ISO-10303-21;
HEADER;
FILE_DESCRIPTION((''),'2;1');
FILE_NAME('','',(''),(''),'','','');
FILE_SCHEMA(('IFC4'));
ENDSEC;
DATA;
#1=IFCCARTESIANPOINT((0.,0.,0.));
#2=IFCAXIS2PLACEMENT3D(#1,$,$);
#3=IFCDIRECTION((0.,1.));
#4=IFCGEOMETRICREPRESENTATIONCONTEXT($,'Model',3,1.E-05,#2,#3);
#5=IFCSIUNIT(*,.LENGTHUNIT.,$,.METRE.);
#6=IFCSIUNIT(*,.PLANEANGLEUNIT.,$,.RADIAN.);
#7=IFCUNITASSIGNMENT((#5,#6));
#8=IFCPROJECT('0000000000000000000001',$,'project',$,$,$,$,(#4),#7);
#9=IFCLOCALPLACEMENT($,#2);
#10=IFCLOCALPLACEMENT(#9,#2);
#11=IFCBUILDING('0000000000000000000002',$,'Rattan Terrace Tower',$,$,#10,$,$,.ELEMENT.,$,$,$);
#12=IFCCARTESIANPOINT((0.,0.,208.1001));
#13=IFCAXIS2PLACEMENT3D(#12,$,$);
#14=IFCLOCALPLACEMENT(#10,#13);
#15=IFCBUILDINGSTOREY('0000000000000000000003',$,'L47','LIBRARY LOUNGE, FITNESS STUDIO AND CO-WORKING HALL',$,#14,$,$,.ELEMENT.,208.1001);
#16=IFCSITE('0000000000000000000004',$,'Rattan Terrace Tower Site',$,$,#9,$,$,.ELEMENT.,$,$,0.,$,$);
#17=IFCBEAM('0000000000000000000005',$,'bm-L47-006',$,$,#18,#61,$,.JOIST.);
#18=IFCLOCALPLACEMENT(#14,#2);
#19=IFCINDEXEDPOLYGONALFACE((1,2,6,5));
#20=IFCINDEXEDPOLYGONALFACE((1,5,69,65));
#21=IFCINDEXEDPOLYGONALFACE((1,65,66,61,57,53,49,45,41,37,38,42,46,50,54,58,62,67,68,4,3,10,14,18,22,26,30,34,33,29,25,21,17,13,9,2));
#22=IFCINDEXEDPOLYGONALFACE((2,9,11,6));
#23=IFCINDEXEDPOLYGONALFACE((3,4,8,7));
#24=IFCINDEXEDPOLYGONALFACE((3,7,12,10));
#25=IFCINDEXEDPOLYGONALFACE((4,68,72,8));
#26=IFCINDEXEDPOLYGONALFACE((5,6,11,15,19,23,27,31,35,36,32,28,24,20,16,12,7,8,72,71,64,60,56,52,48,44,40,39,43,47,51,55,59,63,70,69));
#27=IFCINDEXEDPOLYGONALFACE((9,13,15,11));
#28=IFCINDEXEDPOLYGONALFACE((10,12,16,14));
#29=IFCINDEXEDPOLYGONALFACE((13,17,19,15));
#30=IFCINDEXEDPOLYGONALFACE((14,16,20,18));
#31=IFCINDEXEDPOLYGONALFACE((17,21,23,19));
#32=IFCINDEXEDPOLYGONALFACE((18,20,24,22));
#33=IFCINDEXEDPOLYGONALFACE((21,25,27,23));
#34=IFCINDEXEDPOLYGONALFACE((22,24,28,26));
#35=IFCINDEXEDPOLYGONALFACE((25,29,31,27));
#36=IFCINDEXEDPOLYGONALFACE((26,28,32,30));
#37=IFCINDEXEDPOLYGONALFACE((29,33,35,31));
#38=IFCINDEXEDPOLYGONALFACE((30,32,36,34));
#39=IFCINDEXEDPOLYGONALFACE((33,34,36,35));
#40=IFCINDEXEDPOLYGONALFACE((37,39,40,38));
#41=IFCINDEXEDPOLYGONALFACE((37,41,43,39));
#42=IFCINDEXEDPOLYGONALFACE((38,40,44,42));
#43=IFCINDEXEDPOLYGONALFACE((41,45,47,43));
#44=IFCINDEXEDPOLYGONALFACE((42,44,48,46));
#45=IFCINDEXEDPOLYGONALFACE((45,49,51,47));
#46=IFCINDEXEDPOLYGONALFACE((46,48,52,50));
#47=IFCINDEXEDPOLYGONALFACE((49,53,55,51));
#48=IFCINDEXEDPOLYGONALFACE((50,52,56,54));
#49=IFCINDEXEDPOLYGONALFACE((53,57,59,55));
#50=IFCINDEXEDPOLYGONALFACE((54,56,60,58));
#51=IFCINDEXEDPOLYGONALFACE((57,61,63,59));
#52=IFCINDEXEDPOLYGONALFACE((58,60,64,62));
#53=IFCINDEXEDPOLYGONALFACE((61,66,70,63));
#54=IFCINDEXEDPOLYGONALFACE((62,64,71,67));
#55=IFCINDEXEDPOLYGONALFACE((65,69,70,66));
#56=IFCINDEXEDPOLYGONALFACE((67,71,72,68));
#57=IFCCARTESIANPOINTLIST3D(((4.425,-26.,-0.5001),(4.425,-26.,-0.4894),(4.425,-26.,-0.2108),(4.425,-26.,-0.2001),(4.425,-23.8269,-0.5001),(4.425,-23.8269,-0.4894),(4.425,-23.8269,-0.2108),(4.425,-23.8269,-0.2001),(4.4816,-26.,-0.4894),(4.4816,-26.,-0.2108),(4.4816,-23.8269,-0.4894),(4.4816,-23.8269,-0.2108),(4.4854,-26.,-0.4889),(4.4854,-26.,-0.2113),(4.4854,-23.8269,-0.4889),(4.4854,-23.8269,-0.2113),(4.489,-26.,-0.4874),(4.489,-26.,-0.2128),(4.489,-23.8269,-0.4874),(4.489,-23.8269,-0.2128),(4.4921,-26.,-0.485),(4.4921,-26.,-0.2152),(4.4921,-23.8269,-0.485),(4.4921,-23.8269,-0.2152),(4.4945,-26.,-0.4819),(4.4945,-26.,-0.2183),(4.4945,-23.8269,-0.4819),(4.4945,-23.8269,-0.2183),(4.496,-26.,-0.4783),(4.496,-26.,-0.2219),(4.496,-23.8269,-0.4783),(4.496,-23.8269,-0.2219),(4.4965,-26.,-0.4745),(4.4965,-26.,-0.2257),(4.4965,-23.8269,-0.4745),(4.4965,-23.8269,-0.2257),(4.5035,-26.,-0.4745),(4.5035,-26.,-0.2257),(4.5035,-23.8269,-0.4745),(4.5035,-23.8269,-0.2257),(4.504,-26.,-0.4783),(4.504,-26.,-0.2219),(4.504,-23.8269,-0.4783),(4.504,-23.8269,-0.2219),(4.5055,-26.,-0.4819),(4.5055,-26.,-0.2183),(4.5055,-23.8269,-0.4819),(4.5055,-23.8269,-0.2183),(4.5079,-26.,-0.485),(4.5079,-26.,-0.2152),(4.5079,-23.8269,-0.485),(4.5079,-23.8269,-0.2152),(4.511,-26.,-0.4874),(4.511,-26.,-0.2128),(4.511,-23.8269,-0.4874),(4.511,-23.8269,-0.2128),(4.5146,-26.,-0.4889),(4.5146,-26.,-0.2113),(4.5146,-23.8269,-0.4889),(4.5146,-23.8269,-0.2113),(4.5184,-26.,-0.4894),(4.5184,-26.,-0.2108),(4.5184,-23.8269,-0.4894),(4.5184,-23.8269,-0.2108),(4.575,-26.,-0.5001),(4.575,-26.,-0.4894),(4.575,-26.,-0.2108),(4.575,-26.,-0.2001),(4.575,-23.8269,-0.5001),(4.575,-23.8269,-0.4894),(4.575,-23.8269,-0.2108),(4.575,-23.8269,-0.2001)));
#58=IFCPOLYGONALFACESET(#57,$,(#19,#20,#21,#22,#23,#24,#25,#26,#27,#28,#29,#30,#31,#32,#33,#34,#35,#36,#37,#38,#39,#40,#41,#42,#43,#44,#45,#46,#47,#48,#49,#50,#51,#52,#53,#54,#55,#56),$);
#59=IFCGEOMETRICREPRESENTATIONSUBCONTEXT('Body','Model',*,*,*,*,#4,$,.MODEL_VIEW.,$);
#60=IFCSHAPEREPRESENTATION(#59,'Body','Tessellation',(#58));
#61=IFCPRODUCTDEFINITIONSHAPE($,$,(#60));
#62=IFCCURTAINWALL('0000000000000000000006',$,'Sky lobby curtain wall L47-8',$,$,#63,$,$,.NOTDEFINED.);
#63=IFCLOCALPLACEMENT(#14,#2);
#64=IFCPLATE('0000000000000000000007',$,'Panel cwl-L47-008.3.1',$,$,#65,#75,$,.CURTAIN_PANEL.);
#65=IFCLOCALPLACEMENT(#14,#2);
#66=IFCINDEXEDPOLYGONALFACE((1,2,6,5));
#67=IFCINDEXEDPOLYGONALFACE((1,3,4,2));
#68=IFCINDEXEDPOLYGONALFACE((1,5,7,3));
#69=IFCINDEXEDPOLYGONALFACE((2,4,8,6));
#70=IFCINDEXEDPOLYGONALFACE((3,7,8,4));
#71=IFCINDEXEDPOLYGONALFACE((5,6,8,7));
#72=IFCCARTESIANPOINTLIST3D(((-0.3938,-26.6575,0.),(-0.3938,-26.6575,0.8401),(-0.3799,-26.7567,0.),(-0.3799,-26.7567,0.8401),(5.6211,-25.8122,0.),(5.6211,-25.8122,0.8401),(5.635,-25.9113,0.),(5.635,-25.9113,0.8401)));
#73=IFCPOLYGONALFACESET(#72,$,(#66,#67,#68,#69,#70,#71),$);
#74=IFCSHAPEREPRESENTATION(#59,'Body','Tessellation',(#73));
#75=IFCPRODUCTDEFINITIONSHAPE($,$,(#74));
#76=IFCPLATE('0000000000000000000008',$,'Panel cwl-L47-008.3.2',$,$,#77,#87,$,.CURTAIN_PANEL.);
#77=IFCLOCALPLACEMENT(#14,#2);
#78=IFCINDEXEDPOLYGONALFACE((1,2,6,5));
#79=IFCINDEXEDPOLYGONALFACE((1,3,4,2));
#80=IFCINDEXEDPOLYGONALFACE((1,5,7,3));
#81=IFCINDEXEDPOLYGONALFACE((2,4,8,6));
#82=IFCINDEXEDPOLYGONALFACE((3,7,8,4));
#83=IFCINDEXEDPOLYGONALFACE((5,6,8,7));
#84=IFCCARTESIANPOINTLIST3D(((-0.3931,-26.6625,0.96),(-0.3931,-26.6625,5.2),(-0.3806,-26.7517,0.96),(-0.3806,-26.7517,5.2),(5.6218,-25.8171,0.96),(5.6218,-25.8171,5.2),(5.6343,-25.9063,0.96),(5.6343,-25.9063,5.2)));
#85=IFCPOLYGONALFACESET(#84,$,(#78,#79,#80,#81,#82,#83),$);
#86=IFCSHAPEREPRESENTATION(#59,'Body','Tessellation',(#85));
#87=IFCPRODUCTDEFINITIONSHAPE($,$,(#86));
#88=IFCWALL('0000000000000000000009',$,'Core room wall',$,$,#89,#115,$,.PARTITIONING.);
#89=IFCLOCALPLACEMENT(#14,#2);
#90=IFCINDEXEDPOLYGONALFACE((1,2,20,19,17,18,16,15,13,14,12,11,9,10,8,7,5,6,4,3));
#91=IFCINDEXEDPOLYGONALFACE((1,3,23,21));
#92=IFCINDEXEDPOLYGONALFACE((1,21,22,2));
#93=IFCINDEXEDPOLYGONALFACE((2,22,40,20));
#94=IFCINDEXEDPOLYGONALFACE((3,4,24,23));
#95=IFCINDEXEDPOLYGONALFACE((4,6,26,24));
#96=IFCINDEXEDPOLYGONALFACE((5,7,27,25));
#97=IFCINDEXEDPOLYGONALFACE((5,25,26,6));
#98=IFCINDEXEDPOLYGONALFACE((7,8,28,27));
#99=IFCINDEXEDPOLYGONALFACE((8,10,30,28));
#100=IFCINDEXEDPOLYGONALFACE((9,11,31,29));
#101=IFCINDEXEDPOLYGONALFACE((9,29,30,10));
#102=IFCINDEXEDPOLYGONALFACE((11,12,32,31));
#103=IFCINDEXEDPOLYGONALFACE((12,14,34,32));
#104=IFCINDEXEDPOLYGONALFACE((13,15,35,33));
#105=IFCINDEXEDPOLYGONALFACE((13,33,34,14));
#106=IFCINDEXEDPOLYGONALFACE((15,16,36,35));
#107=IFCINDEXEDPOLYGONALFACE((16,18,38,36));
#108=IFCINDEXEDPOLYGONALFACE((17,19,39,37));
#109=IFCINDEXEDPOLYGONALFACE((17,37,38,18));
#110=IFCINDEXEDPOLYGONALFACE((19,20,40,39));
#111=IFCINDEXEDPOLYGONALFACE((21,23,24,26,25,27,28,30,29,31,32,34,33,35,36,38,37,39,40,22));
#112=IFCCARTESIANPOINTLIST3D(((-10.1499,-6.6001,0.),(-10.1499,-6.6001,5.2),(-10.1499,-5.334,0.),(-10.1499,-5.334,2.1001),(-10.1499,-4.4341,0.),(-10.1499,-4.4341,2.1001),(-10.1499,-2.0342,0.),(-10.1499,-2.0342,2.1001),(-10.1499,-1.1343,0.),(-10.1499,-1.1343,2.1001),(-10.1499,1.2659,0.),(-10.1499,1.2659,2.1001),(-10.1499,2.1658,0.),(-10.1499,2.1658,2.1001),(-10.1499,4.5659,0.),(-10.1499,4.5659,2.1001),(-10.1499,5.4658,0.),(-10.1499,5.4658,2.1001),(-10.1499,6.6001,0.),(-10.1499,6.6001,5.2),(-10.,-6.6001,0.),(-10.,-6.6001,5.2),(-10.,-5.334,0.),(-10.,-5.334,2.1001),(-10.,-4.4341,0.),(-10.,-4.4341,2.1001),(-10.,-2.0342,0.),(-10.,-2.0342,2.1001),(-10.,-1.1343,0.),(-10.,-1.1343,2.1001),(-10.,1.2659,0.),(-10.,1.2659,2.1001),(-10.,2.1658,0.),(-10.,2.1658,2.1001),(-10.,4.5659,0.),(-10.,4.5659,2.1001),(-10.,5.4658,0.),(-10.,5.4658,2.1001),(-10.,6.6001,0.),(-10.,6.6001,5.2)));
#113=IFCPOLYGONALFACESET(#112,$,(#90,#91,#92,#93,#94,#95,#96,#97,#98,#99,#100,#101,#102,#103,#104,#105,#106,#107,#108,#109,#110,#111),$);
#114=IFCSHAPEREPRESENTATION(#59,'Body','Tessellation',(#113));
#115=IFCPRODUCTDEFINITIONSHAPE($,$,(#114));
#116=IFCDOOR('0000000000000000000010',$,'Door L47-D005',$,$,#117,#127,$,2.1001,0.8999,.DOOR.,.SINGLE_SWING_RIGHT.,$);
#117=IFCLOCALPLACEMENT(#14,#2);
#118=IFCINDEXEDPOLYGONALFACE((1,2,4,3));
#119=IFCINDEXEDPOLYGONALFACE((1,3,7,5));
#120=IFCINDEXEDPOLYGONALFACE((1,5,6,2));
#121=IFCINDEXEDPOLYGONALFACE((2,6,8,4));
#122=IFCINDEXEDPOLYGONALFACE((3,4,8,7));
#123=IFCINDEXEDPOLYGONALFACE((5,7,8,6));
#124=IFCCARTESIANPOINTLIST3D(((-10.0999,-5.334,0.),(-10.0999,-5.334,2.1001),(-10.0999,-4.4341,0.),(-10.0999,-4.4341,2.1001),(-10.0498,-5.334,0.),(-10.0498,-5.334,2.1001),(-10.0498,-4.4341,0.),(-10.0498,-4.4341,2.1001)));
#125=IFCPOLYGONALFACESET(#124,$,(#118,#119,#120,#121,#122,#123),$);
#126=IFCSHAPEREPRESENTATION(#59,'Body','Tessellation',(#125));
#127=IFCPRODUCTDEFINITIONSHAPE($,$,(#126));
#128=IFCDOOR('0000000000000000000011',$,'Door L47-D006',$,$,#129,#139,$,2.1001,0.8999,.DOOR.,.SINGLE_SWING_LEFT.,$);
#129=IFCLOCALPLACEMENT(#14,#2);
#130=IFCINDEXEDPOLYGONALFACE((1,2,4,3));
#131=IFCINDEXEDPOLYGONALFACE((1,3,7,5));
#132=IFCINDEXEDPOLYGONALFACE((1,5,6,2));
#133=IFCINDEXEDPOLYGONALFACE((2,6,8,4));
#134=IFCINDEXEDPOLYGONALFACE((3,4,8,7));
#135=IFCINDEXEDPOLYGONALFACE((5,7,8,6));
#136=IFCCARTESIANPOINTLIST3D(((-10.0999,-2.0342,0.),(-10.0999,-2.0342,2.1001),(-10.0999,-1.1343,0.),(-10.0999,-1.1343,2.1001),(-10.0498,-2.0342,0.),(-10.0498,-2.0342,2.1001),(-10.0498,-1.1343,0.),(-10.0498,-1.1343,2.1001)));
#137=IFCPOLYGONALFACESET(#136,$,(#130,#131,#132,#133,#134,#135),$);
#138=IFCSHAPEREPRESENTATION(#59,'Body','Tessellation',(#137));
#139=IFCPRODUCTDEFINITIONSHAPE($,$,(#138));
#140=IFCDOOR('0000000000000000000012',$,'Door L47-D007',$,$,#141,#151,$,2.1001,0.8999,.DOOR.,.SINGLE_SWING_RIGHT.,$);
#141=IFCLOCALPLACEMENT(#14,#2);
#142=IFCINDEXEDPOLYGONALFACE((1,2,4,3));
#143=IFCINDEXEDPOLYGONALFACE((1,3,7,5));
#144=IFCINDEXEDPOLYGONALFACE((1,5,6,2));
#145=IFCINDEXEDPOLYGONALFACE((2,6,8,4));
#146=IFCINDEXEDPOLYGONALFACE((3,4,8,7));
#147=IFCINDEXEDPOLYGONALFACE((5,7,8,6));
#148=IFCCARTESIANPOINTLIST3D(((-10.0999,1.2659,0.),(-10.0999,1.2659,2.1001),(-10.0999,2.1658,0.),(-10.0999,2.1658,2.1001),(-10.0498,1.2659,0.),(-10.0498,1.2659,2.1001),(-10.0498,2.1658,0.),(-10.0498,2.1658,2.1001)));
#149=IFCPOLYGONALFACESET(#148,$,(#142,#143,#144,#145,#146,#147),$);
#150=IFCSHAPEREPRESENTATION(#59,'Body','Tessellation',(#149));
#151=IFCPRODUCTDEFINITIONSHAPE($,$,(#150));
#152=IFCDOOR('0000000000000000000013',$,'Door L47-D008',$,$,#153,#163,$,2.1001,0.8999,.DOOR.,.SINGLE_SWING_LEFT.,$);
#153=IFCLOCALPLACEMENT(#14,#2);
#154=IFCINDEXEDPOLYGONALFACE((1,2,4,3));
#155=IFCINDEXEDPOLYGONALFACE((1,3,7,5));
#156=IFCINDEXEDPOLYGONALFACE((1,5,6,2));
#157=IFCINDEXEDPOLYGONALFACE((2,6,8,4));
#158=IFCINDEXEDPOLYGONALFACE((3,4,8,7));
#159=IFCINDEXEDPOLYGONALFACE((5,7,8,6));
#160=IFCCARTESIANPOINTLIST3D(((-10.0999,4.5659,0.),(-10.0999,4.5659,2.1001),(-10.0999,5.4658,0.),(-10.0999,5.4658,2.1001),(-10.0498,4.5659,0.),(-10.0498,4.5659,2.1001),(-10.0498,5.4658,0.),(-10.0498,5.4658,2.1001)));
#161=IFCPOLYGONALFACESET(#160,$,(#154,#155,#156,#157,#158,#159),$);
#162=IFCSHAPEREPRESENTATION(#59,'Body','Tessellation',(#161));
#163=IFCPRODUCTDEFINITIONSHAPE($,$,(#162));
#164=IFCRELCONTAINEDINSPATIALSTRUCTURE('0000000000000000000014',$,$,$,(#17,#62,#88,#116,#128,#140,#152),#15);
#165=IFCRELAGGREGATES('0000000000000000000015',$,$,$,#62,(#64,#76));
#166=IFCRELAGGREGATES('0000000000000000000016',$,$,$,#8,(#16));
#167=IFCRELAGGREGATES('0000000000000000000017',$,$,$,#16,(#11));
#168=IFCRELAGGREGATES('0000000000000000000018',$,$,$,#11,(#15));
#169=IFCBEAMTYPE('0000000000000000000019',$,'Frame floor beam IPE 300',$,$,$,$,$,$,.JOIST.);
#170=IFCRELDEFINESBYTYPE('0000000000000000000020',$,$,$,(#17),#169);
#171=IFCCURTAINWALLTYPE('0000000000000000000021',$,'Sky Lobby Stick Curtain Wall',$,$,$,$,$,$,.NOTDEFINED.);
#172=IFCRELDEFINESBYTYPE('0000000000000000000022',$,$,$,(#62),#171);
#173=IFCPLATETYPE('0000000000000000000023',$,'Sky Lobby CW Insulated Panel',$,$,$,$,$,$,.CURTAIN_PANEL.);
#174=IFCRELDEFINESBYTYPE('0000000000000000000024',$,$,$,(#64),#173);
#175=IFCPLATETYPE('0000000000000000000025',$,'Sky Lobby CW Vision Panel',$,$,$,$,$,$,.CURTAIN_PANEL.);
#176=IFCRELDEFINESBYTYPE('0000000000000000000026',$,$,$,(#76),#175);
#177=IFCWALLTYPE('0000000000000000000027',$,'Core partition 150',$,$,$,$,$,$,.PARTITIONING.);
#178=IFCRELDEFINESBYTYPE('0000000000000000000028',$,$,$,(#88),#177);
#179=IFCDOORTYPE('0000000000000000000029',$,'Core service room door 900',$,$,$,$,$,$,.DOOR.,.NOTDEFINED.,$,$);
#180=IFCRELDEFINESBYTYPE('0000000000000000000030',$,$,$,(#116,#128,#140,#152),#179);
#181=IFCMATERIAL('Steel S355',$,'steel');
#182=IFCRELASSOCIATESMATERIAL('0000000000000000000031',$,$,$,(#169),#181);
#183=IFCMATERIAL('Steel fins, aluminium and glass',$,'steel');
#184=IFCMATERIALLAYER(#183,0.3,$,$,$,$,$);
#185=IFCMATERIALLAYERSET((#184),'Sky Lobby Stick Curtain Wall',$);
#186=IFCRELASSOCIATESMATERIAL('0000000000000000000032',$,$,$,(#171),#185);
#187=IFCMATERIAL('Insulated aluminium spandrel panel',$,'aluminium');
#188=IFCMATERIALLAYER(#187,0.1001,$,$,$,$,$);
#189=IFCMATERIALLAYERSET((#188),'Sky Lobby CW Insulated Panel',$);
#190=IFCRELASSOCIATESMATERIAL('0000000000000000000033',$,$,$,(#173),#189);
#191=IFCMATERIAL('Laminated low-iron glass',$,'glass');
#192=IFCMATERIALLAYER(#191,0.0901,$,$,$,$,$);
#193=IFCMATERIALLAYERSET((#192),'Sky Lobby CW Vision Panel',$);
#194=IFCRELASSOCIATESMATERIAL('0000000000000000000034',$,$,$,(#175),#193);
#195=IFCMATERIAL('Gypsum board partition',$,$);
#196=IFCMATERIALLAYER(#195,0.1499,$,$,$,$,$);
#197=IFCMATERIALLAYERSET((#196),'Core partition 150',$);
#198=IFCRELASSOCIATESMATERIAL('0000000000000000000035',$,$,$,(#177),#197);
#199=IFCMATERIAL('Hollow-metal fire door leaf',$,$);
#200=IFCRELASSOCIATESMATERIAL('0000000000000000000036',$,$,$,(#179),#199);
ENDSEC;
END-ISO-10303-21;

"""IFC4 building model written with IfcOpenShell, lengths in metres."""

from ifc_helpers import new_model, si_unit, direction, frame, frame_2d, origin, origin_2d, place, context, subcontext, project, spatial, rectangle, i_section, extrude, material, layer, layer_set, material_profile, profile_set, type_object, element, fill, aggregate, save


model = new_model("IFC4")

# Units and contexts
model_context = context("Model", 3, precision=1e-05, world=origin(), true_north=direction((0.0, 1.0)))
body_context = subcontext(model_context, "Body", "Model", "MODEL_VIEW")
ifc_project = project(units=[si_unit("LENGTHUNIT", "METRE"), si_unit("PLANEANGLEUNIT", "RADIAN")], contexts=[model_context])

# Site, building, storey
site_placement = place(None, origin())
site = spatial("IfcSite", under=ifc_project, at=site_placement, Name="Rattan Terrace Tower Site", CompositionType="ELEMENT", RefElevation=0.0)
building_placement = place(site_placement, origin())
building = spatial("IfcBuilding", under=site, at=building_placement, Name="Rattan Terrace Tower", CompositionType="ELEMENT")
storey_placement = place(building_placement, frame((0.0, 0.0, 208.1001)))
storey = spatial("IfcBuildingStorey", under=building, at=storey_placement, Name="L47", Description="LIBRARY LOUNGE, FITNESS STUDIO AND CO-WORKING HALL", CompositionType="ELEMENT", Elevation=208.1001)

# Beam
ifc_material_1 = material(Name="Steel S355", Category="steel")
ifc_material_profile_1 = material_profile(ifc_material_1, i_section(OverallWidth=0.1499, OverallDepth=0.3, WebThickness=0.0071, FlangeThickness=0.0107, FilletRadius=0.0149, at=origin_2d()), Name="IPE 300")
ifc_profile_set_1 = profile_set([ifc_material_profile_1], Name="Steel S355")
beam_type_1 = type_object("IfcBeamType", Name="Frame floor beam IPE 300", PredefinedType="JOIST", material=ifc_profile_set_1)
beam_1_placement = place(storey_placement, frame((4.5, -26.0, -0.3501), z_axis=(0.0, 1.0, 0.0), x_axis=(-1.0, 0.0, 0.0)))
element("IfcBeam", 1, at=beam_1_placement, inside=storey, type_object=beam_type_1, Name="bm-L47-006", PredefinedType="JOIST", context=body_context, shape_type="SweptSolid", body=[
    extrude(i_section(OverallWidth=0.1499, OverallDepth=0.3, WebThickness=0.0071, FlangeThickness=0.0107, FilletRadius=0.0149, at=origin_2d()), origin(), (0.0, 0.0, 1.0), 2.1731),
])

# Curtain wall, plates
ifc_material_2 = material(Name="Steel fins, aluminium and glass", Category="steel")
ifc_layer_1 = layer(ifc_material_2, 0.3)
ifc_layer_set_1 = layer_set([ifc_layer_1], Name="Sky Lobby Stick Curtain Wall")
curtain_wall_type = type_object("IfcCurtainWallType", Name="Sky Lobby Stick Curtain Wall", PredefinedType="NOTDEFINED", material=ifc_layer_set_1)
curtain_wall_placement = place(storey_placement, origin())
curtain_wall = element("IfcCurtainWall", 2, at=curtain_wall_placement, inside=storey, type_object=curtain_wall_type, Name="Sky lobby curtain wall L47-8", PredefinedType="NOTDEFINED")
ifc_material_3 = material(Name="Insulated aluminium spandrel panel", Category="aluminium")
ifc_layer_2 = layer(ifc_material_3, 0.1001)
ifc_layer_set_2 = layer_set([ifc_layer_2], Name="Sky Lobby CW Insulated Panel")
plate_type_1 = type_object("IfcPlateType", Name="Sky Lobby CW Insulated Panel", PredefinedType="CURTAIN_PANEL", material=ifc_layer_set_2)
plate_1_placement = place(storey_placement, frame((2.6206, -26.2844, 0.0), z_axis=(0.0, 0.0, 1.0), x_axis=(0.990267, 0.139177, 0.0)))
plate_1 = element("IfcPlate", 3, at=plate_1_placement, type_object=plate_type_1, Name="Panel cwl-L47-008.3.1", PredefinedType="CURTAIN_PANEL", context=body_context, shape_type="SweptSolid", body=[
    extrude(rectangle(XDim=6.074, YDim=0.1001, at=origin_2d()), origin(), (0.0, 0.0, 1.0), 0.8401),
])
ifc_material_4 = material(Name="Laminated low-iron glass", Category="glass")
ifc_layer_3 = layer(ifc_material_4, 0.0901)
ifc_layer_set_3 = layer_set([ifc_layer_3], Name="Sky Lobby CW Vision Panel")
plate_type_2 = type_object("IfcPlateType", Name="Sky Lobby CW Vision Panel", PredefinedType="CURTAIN_PANEL", material=ifc_layer_set_3)
plate_2_placement = place(storey_placement, frame((2.6206, -26.2844, 0.96), z_axis=(0.0, 0.0, 1.0), x_axis=(0.990267, 0.139177, 0.0)))
plate_2 = element("IfcPlate", 4, at=plate_2_placement, type_object=plate_type_2, Name="Panel cwl-L47-008.3.2", PredefinedType="CURTAIN_PANEL", context=body_context, shape_type="SweptSolid", body=[
    extrude(rectangle(XDim=6.074, YDim=0.0901, at=origin_2d()), origin(), (0.0, 0.0, 1.0), 4.24),
])
aggregate(curtain_wall, [plate_1, plate_2])

# Wall, openings, doors
ifc_material_5 = material(Name="Gypsum board partition")
ifc_layer_4 = layer(ifc_material_5, 0.1499)
ifc_layer_set_4 = layer_set([ifc_layer_4], Name="Core partition 150")
wall_type_1 = type_object("IfcWallType", Name="Core partition 150", PredefinedType="PARTITIONING", material=ifc_layer_set_4)
wall_1_placement = place(storey_placement, frame((-10.075, -6.6001, 0.0), z_axis=(0.0, 0.0, 1.0), x_axis=(0.0, 1.0, 0.0)))
wall_1 = element("IfcWall", 5, at=wall_1_placement, inside=storey, type_object=wall_type_1, Name="Core room wall", PredefinedType="PARTITIONING", context=body_context, shape_type="SweptSolid", body=[
    extrude(rectangle(XDim=13.2002, YDim=0.1499, at=frame_2d((6.6001, 0.0))), origin(), (0.0, 0.0, 1.0), 5.2),
])
opening_1_placement = place(wall_1_placement, frame((1.2661, 0.0, 0.0)))
opening_1 = element("IfcOpeningElement", 6, at=opening_1_placement, cuts=wall_1, PredefinedType="OPENING", context=body_context, shape_type="SweptSolid", body=[
    extrude(rectangle(XDim=0.8999, YDim=2.1001, at=frame_2d((0.45, 1.05))), frame((0.0, 0.0854, 0.0), z_axis=(0.0, -1.0, 0.0), x_axis=(1.0, 0.0, 0.0)), (0.0, 0.0, 1.0), 0.1709),
])
opening_2_placement = place(wall_1_placement, frame((4.5659, 0.0, 0.0)))
opening_2 = element("IfcOpeningElement", 7, at=opening_2_placement, cuts=wall_1, PredefinedType="OPENING", context=body_context, shape_type="SweptSolid", body=[
    extrude(rectangle(XDim=0.8999, YDim=2.1001, at=frame_2d((0.45, 1.05))), frame((0.0, 0.0854, 0.0), z_axis=(0.0, -1.0, 0.0), x_axis=(1.0, 0.0, 0.0)), (0.0, 0.0, 1.0), 0.1709),
])
opening_3_placement = place(wall_1_placement, frame((7.866, 0.0, 0.0)))
opening_3 = element("IfcOpeningElement", 8, at=opening_3_placement, cuts=wall_1, PredefinedType="OPENING", context=body_context, shape_type="SweptSolid", body=[
    extrude(rectangle(XDim=0.8999, YDim=2.1001, at=frame_2d((0.45, 1.05))), frame((0.0, 0.0854, 0.0), z_axis=(0.0, -1.0, 0.0), x_axis=(1.0, 0.0, 0.0)), (0.0, 0.0, 1.0), 0.1709),
])
opening_4_placement = place(wall_1_placement, frame((11.166, 0.0, 0.0)))
opening_4 = element("IfcOpeningElement", 9, at=opening_4_placement, cuts=wall_1, PredefinedType="OPENING", context=body_context, shape_type="SweptSolid", body=[
    extrude(rectangle(XDim=0.8999, YDim=2.1001, at=frame_2d((0.45, 1.05))), frame((0.0, 0.0854, 0.0), z_axis=(0.0, -1.0, 0.0), x_axis=(1.0, 0.0, 0.0)), (0.0, 0.0, 1.0), 0.1709),
])
ifc_material_6 = material(Name="Hollow-metal fire door leaf")
door_type_1 = type_object("IfcDoorType", Name="Core service room door 900", OperationType="NOTDEFINED", PredefinedType="DOOR", material=ifc_material_6)
door_1_placement = place(opening_1_placement, origin())
door_1 = element("IfcDoor", 10, at=door_1_placement, inside=storey, type_object=door_type_1, Name="Door L47-D005", OperationType="SINGLE_SWING_RIGHT", OverallHeight=2.1001, OverallWidth=0.8999, PredefinedType="DOOR", context=body_context, shape_type="SweptSolid", body=[
    extrude(rectangle(XDim=0.8999, YDim=2.1001, at=frame_2d((0.45, 1.05))), frame((0.0, 0.0249, 0.0), z_axis=(0.0, -1.0, 0.0), x_axis=(1.0, 0.0, 0.0)), (0.0, 0.0, 1.0), 0.05),
])
fill(opening_1, door_1)
door_2_placement = place(opening_2_placement, origin())
door_2 = element("IfcDoor", 11, at=door_2_placement, inside=storey, type_object=door_type_1, Name="Door L47-D006", OperationType="SINGLE_SWING_LEFT", OverallHeight=2.1001, OverallWidth=0.8999, PredefinedType="DOOR", context=body_context, shape_type="SweptSolid", body=[
    extrude(rectangle(XDim=0.8999, YDim=2.1001, at=frame_2d((0.45, 1.05))), frame((0.0, 0.0249, 0.0), z_axis=(0.0, -1.0, 0.0), x_axis=(1.0, 0.0, 0.0)), (0.0, 0.0, 1.0), 0.05),
])
fill(opening_2, door_2)
door_3_placement = place(opening_3_placement, origin())
door_3 = element("IfcDoor", 12, at=door_3_placement, inside=storey, type_object=door_type_1, Name="Door L47-D007", OperationType="SINGLE_SWING_RIGHT", OverallHeight=2.1001, OverallWidth=0.8999, PredefinedType="DOOR", context=body_context, shape_type="SweptSolid", body=[
    extrude(rectangle(XDim=0.8999, YDim=2.1001, at=frame_2d((0.45, 1.05))), frame((0.0, 0.0249, 0.0), z_axis=(0.0, -1.0, 0.0), x_axis=(1.0, 0.0, 0.0)), (0.0, 0.0, 1.0), 0.05),
])
fill(opening_3, door_3)
door_4_placement = place(opening_4_placement, origin())
door_4 = element("IfcDoor", 13, at=door_4_placement, inside=storey, type_object=door_type_1, Name="Door L47-D008", OperationType="SINGLE_SWING_LEFT", OverallHeight=2.1001, OverallWidth=0.8999, PredefinedType="DOOR", context=body_context, shape_type="SweptSolid", body=[
    extrude(rectangle(XDim=0.8999, YDim=2.1001, at=frame_2d((0.45, 1.05))), frame((0.0, 0.0249, 0.0), z_axis=(0.0, -1.0, 0.0), x_axis=(1.0, 0.0, 0.0)), (0.0, 0.0, 1.0), 0.05),
])
fill(opening_4, door_4)

save(model, "model.ifc")
